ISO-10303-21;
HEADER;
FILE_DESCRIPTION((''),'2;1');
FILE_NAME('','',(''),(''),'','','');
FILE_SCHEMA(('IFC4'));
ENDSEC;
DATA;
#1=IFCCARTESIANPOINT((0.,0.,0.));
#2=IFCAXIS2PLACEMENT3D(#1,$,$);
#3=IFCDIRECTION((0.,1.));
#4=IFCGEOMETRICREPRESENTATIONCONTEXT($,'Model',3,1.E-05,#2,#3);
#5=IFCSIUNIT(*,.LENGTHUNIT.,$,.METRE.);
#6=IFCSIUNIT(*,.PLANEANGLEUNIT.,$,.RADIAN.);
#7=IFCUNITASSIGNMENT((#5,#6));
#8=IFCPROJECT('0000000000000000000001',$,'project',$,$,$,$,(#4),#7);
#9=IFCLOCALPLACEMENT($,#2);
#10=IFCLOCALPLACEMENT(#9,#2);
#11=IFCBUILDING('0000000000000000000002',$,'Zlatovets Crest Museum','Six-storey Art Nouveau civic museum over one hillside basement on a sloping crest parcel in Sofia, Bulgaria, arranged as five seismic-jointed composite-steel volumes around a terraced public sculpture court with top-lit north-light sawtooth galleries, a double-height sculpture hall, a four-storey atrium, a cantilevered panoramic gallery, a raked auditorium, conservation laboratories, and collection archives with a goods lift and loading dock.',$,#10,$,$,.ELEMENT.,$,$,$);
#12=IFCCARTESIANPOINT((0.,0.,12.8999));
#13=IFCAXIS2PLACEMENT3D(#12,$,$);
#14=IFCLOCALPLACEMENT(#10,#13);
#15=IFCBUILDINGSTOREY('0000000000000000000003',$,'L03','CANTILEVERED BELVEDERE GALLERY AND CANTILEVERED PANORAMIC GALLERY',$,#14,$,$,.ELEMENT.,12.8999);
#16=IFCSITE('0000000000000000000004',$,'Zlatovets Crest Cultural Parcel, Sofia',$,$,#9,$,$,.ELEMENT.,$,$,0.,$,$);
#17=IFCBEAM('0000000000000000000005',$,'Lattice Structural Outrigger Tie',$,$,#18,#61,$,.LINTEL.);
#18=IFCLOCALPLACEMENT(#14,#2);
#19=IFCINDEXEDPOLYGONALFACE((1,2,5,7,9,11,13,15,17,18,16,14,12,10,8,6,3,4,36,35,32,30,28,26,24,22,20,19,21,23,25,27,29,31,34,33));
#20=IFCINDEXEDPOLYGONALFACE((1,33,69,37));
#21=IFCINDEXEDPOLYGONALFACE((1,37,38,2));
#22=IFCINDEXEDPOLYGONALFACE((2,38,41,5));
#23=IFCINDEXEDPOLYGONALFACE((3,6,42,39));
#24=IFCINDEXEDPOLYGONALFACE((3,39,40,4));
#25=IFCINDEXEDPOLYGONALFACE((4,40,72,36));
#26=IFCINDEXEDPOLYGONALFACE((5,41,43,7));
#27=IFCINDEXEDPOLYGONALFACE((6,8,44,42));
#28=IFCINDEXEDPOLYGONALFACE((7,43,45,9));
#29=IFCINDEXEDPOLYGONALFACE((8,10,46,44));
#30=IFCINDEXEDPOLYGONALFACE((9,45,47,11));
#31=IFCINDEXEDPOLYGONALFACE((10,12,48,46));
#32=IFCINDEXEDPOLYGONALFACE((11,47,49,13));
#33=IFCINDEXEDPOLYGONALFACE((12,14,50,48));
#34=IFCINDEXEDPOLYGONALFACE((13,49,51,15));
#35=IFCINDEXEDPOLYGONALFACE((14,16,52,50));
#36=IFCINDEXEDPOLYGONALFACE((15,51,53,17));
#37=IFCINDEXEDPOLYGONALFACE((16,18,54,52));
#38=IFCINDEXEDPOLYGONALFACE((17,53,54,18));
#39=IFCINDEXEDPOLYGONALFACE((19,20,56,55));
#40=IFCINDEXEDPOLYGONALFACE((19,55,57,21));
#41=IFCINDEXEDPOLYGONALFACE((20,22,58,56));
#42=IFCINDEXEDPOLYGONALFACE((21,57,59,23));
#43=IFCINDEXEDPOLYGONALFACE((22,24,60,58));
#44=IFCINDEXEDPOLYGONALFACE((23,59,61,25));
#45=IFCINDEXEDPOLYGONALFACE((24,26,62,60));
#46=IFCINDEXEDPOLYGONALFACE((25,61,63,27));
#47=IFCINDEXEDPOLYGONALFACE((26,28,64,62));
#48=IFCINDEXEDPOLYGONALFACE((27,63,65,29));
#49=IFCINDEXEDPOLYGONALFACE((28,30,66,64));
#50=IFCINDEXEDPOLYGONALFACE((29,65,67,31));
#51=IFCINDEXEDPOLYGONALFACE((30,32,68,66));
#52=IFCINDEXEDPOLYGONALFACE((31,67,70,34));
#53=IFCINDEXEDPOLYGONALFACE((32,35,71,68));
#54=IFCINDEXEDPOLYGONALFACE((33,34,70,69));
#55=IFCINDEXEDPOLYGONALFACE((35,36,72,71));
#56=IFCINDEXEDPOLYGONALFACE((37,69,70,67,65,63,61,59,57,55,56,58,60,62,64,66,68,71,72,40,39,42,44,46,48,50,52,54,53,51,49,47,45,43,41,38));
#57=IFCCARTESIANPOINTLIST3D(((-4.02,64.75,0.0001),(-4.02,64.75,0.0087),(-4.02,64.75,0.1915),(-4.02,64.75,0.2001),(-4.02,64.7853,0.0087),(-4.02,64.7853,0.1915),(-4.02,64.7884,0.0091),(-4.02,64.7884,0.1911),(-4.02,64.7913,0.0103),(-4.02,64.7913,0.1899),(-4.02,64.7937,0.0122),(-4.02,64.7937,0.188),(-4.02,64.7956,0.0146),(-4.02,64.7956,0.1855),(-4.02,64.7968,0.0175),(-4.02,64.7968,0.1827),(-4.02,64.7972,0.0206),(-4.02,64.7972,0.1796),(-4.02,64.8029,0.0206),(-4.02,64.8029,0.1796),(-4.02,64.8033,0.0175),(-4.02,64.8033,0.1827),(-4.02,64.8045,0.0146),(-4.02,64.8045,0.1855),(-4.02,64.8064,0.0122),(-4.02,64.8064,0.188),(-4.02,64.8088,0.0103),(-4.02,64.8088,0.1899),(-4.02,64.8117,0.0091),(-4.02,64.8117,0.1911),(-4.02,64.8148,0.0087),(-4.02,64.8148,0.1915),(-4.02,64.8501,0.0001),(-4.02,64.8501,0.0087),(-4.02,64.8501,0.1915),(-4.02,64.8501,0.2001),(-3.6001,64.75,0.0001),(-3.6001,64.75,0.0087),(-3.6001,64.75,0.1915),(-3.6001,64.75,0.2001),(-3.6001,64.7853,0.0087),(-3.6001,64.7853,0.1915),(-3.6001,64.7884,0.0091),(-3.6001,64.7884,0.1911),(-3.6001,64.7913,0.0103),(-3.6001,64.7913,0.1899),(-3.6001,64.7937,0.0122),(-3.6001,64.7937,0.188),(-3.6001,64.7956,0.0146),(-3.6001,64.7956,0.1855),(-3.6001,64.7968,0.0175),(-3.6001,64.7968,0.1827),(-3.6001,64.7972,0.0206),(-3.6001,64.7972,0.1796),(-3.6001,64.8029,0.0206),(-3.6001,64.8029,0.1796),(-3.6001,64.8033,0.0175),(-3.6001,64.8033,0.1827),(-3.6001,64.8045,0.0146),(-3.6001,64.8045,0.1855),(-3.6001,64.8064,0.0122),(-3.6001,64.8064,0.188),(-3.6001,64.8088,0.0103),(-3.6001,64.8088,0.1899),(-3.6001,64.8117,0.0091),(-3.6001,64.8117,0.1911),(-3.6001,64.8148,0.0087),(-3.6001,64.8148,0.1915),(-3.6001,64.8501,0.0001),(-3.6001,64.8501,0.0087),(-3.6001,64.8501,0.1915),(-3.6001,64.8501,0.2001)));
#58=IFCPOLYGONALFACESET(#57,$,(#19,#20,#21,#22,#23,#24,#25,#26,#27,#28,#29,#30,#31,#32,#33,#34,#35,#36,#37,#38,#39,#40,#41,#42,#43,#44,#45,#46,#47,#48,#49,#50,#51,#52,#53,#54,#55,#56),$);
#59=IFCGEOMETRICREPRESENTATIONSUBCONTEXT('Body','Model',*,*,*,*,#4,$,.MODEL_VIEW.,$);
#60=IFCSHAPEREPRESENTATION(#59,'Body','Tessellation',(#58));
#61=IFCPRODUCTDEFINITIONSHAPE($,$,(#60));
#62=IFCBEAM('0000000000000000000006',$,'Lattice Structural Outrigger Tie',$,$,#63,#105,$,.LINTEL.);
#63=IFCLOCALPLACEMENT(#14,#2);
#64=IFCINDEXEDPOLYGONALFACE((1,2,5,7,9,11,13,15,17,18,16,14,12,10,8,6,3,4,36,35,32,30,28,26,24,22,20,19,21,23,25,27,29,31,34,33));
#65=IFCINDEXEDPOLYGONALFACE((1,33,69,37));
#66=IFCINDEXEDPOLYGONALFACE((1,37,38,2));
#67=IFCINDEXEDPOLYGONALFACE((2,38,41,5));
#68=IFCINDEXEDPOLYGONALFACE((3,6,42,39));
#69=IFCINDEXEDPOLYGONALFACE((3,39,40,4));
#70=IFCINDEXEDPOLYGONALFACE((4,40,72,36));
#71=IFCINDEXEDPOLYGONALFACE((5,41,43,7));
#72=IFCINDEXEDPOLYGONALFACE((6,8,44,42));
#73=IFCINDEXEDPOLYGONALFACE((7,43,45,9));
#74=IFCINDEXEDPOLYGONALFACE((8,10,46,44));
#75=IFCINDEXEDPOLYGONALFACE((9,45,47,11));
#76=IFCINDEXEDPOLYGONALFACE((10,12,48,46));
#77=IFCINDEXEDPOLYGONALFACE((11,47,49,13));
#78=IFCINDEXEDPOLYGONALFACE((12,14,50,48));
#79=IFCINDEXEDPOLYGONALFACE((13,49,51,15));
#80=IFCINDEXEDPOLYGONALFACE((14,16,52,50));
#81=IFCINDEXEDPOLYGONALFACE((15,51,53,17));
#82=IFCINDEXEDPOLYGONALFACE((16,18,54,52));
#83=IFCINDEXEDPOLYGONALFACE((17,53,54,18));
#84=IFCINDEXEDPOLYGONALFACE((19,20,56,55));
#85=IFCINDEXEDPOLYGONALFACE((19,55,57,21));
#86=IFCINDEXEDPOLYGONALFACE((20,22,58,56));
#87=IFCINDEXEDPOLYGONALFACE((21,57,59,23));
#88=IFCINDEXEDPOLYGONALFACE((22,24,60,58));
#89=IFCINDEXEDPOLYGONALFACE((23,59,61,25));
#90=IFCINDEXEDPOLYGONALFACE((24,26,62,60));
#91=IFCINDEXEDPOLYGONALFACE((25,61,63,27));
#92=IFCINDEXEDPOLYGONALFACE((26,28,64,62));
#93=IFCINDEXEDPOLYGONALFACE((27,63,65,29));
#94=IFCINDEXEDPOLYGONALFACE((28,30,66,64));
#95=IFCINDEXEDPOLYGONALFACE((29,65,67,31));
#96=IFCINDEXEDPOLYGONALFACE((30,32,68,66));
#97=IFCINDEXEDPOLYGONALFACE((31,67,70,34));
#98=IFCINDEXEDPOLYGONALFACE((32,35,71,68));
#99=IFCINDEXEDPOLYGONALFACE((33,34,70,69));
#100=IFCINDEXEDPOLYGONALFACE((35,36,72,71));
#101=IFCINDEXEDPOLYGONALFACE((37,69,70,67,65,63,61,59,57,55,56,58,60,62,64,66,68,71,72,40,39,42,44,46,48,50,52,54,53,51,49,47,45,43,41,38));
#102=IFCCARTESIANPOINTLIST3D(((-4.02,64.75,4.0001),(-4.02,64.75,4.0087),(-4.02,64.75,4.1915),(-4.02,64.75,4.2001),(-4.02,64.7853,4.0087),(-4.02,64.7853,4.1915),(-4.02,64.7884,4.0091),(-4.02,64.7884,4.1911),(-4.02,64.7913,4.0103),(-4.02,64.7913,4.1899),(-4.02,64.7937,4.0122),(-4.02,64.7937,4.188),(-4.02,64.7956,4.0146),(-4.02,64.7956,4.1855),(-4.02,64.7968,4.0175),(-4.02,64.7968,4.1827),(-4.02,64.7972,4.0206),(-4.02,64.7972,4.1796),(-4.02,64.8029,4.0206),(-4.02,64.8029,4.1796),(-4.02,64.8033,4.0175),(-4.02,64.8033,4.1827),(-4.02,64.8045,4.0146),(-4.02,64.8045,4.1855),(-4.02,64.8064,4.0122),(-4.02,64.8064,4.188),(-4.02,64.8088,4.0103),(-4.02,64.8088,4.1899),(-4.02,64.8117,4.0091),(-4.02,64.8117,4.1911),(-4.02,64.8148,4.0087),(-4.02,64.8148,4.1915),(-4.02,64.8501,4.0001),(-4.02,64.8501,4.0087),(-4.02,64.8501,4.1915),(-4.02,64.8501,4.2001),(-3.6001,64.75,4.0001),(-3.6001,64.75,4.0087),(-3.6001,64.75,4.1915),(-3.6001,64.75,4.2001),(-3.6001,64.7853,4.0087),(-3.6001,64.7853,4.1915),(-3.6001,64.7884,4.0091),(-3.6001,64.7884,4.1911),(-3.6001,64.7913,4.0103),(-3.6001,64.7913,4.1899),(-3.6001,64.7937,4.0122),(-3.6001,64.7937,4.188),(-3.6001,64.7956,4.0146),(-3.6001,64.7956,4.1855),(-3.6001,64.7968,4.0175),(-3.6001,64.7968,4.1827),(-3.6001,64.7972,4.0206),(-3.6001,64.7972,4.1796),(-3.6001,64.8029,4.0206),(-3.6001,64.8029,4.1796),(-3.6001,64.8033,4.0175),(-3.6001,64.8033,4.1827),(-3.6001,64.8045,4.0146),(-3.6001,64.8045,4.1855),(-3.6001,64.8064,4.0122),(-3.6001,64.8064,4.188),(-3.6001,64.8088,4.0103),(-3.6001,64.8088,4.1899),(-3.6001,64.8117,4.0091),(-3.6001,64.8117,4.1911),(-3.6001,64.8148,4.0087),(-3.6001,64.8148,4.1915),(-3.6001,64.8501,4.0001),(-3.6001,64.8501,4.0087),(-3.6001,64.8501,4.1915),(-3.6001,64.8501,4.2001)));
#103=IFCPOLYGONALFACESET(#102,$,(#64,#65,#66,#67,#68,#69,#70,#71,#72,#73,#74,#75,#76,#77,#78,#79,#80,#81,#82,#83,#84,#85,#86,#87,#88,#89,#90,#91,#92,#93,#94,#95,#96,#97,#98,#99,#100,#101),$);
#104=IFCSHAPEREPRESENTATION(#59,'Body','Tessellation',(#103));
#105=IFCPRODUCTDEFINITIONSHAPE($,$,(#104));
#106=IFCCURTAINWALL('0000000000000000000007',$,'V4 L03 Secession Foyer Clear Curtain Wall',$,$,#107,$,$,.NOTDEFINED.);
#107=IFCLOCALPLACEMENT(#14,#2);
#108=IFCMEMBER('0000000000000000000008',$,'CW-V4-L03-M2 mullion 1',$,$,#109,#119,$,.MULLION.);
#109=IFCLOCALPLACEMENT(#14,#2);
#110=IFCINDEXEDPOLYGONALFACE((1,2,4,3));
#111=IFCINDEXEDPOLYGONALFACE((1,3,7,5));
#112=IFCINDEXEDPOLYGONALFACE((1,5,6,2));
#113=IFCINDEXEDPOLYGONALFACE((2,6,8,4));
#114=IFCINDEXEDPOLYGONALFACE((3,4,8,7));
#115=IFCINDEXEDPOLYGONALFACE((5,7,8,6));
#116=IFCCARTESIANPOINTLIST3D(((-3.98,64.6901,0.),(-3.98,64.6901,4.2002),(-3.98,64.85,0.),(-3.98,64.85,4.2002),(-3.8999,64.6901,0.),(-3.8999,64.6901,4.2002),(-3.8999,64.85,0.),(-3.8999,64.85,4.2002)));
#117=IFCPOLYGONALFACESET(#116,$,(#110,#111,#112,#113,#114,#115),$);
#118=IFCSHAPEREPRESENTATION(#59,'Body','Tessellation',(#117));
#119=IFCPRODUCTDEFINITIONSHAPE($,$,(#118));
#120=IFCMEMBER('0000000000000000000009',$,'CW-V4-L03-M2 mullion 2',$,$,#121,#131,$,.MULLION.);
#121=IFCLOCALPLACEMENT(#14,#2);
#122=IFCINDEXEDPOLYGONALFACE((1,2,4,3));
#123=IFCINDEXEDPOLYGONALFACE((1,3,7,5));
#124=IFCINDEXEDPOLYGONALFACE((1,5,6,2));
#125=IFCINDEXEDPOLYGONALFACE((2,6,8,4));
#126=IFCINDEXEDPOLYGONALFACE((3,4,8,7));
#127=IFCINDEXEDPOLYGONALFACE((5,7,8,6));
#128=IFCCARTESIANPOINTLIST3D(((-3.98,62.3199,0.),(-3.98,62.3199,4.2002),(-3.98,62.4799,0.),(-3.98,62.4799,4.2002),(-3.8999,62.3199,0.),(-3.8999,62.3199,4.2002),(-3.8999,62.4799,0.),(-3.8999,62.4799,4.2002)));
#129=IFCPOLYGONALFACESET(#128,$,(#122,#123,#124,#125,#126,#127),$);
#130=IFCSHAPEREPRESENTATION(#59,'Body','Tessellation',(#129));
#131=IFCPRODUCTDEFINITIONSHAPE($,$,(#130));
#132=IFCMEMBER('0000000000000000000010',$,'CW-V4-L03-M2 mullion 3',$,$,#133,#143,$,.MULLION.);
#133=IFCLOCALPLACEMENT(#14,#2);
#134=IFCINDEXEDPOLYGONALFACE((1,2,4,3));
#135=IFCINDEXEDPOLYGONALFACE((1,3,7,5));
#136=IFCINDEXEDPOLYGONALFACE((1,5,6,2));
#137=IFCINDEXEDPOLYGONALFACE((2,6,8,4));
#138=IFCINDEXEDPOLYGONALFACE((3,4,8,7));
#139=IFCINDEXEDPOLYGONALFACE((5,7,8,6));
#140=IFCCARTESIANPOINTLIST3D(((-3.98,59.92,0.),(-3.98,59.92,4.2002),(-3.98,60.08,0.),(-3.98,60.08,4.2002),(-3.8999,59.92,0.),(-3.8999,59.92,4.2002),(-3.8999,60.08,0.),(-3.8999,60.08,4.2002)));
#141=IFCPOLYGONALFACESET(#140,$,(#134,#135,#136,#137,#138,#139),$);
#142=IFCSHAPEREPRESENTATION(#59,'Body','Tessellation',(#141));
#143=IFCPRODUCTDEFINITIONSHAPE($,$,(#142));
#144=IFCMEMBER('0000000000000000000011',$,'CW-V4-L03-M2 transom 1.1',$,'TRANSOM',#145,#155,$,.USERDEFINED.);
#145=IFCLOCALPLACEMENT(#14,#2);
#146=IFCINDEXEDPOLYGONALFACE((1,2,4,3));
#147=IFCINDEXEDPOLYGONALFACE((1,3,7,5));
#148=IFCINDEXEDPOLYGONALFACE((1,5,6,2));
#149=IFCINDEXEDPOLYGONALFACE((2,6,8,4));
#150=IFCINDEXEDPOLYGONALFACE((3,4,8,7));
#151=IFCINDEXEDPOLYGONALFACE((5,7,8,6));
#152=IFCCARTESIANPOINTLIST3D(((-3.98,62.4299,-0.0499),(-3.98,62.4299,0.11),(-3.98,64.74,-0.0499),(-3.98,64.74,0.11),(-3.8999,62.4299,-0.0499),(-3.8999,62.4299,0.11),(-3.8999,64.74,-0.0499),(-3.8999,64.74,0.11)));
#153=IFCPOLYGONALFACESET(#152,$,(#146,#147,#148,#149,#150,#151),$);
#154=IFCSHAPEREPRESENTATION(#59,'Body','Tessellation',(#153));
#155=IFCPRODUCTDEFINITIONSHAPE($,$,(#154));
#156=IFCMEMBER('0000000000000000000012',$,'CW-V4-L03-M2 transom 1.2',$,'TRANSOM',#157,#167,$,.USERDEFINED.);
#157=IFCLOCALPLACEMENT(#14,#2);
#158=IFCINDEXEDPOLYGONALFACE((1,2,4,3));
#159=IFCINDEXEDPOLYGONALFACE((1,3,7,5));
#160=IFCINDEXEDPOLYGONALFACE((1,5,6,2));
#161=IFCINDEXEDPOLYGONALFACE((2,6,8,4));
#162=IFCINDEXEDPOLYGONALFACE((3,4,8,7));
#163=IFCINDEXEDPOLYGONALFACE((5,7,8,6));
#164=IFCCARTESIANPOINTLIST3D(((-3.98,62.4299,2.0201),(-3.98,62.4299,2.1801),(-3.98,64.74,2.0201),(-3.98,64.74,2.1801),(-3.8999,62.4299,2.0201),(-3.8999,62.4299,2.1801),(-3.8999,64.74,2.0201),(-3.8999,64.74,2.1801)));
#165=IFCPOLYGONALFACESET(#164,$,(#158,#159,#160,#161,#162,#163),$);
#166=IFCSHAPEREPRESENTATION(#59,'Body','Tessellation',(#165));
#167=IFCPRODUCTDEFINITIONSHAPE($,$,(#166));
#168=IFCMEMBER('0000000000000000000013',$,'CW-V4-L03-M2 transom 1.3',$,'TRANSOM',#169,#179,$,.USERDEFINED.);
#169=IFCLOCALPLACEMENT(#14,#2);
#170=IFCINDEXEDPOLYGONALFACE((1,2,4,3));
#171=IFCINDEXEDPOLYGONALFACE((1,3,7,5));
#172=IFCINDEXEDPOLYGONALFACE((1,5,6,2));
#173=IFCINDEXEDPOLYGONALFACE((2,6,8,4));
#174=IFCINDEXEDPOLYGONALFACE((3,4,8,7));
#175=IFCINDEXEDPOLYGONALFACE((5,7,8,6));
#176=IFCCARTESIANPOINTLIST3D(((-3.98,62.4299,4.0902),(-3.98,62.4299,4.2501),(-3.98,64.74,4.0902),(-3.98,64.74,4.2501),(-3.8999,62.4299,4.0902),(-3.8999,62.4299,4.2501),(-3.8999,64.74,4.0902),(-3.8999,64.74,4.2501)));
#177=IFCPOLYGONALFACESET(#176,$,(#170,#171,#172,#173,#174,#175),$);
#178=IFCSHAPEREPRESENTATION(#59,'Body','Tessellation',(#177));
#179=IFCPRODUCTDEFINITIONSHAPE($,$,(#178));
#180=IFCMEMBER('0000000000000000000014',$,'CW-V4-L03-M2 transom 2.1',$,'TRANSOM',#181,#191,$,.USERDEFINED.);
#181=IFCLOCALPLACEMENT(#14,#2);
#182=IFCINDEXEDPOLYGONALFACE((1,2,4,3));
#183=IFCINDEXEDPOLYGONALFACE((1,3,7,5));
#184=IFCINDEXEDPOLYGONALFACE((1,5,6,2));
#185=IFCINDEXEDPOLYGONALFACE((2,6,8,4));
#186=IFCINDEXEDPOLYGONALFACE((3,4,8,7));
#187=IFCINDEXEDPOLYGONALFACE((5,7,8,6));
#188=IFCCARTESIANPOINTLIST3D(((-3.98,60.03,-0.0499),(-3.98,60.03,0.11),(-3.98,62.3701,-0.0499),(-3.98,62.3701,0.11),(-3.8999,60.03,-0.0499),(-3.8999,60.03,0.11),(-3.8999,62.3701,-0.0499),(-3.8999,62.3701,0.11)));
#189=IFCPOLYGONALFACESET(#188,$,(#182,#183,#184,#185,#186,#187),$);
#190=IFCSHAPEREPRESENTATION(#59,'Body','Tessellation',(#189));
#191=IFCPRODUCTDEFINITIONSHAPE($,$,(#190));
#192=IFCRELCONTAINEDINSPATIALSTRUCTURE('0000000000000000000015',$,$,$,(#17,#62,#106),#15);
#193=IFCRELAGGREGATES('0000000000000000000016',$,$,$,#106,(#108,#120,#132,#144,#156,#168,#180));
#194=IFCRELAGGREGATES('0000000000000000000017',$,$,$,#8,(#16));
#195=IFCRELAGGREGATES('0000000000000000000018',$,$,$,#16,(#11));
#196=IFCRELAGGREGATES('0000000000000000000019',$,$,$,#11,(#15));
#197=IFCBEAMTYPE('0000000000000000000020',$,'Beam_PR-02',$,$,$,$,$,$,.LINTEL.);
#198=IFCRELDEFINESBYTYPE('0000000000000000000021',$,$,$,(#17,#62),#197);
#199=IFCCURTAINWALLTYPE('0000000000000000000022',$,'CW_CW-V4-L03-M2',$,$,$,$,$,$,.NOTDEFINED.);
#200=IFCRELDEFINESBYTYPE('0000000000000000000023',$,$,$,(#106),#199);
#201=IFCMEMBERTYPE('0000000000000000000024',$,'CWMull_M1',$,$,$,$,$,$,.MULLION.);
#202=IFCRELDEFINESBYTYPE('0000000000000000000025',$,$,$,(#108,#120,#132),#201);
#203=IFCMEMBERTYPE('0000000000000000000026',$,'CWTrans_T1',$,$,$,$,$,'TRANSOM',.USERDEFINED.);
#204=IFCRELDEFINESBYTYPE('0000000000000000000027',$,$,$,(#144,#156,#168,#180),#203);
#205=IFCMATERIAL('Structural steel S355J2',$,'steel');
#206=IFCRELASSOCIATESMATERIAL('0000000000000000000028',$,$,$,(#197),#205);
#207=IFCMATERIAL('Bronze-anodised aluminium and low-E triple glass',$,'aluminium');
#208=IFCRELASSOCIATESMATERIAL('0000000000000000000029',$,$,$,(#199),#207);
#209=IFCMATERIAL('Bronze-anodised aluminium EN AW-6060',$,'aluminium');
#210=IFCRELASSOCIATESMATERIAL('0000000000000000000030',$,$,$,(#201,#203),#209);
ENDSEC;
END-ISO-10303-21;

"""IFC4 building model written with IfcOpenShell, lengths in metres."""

from ifc_helpers import new_model, si_unit, direction, frame, origin, origin_2d, place, context, subcontext, project, spatial, rectangle, i_section, extrude, material, material_profile, profile_set, type_object, element, aggregate, save


model = new_model("IFC4")

# Units and contexts
model_context = context("Model", 3, precision=1e-05, world=origin(), true_north=direction((0.0, 1.0)))
body_context = subcontext(model_context, "Body", "Model", "MODEL_VIEW")
ifc_project = project(units=[si_unit("LENGTHUNIT", "METRE"), si_unit("PLANEANGLEUNIT", "RADIAN")], contexts=[model_context])

# Site, building, storey
site_placement = place(None, origin())
site = spatial("IfcSite", under=ifc_project, at=site_placement, Name="Zlatovets Crest Cultural Parcel, Sofia", CompositionType="ELEMENT", RefElevation=0.0)
building_placement = place(site_placement, origin())
building = spatial("IfcBuilding", under=site, at=building_placement, Name="Zlatovets Crest Museum", Description="Six-storey Art Nouveau civic museum over one hillside basement on a sloping crest parcel in Sofia, Bulgaria, arranged as five seismic-jointed composite-steel volumes around a terraced public sculpture court with top-lit north-light sawtooth galleries, a double-height sculpture hall, a four-storey atrium, a cantilevered panoramic gallery, a raked auditorium, conservation laboratories, and collection archives with a goods lift and loading dock.", CompositionType="ELEMENT")
storey_placement = place(building_placement, frame((0.0, 0.0, 12.8999)))
storey = spatial("IfcBuildingStorey", under=building, at=storey_placement, Name="L03", Description="CANTILEVERED BELVEDERE GALLERY AND CANTILEVERED PANORAMIC GALLERY", CompositionType="ELEMENT", Elevation=12.8999)

# Beams
ifc_material_1 = material(Name="Structural steel S355J2", Category="steel")
ifc_material_profile_1 = material_profile(ifc_material_1, i_section(OverallWidth=0.1001, OverallDepth=0.2, WebThickness=0.0056, FlangeThickness=0.0085, FilletRadius=0.012, at=origin_2d()), Name="IPE 200")
ifc_profile_set_1 = profile_set([ifc_material_profile_1], Name="Structural steel S355J2")
beam_type = type_object("IfcBeamType", Name="Beam_PR-02", PredefinedType="LINTEL", material=ifc_profile_set_1)
for number, where, z_axis, x_axis, name in (
    (1, (-3.6001, 64.8, 0.1001), (-1.0, 0.0, 0.0), (0.0, -1.0, 0.0), "Lattice Structural Outrigger Tie"),
    (2, (-3.6001, 64.8, 4.1001), (-1.0, 0.0, 0.0), (0.0, -1.0, 0.0), "Lattice Structural Outrigger Tie"),
):
    element("IfcBeam", number, at=place(storey_placement, frame(where, z_axis=z_axis, x_axis=x_axis)), inside=storey, type_object=beam_type, Name=name, PredefinedType="LINTEL", context=body_context, shape_type="SweptSolid", body=[
        extrude(i_section(OverallWidth=0.1001, OverallDepth=0.2, WebThickness=0.0056, FlangeThickness=0.0085, FilletRadius=0.012, at=origin_2d()), origin(), (0.0, 0.0, 1.0), 0.4199),
    ])

# Curtain wall, members
ifc_material_2 = material(Name="Bronze-anodised aluminium and low-E triple glass", Category="aluminium")
curtain_wall_type = type_object("IfcCurtainWallType", Name="CW_CW-V4-L03-M2", PredefinedType="NOTDEFINED", material=ifc_material_2)
curtain_wall_placement = place(storey_placement, origin())
curtain_wall = element("IfcCurtainWall", 3, at=curtain_wall_placement, inside=storey, type_object=curtain_wall_type, Name="V4 L03 Secession Foyer Clear Curtain Wall", PredefinedType="NOTDEFINED")
ifc_material_3 = material(Name="Bronze-anodised aluminium EN AW-6060", Category="aluminium")
ifc_material_profile_2 = material_profile(ifc_material_3, rectangle(XDim=0.0801, YDim=0.1599, at=origin_2d()), Name="ALU 80x160")
ifc_profile_set_2 = profile_set([ifc_material_profile_2], Name="Bronze-anodised aluminium EN AW-6060")
member_type_1 = type_object("IfcMemberType", Name="CWMull_M1", PredefinedType="MULLION", material=ifc_profile_set_2)
member_1_placement = place(storey_placement, frame((-3.9399, 64.77, 0.0), z_axis=(0.0, 0.0, 1.0), x_axis=(1.0, 0.0, 0.0)))
member_1 = element("IfcMember", 4, at=member_1_placement, type_object=member_type_1, Name="CW-V4-L03-M2 mullion 1", PredefinedType="MULLION", context=body_context, shape_type="SweptSolid", body=[
    extrude(rectangle(XDim=0.0801, YDim=0.1599, at=origin_2d()), origin(), (0.0, 0.0, 1.0), 4.2002),
])
member_2_placement = place(storey_placement, frame((-3.9399, 62.3999, 0.0), z_axis=(0.0, 0.0, 1.0), x_axis=(1.0, 0.0, 0.0)))
member_2 = element("IfcMember", 5, at=member_2_placement, type_object=member_type_1, Name="CW-V4-L03-M2 mullion 2", PredefinedType="MULLION", context=body_context, shape_type="SweptSolid", body=[
    extrude(rectangle(XDim=0.0801, YDim=0.1599, at=origin_2d()), origin(), (0.0, 0.0, 1.0), 4.2002),
])
member_3_placement = place(storey_placement, frame((-3.9399, 60.0, 0.0), z_axis=(0.0, 0.0, 1.0), x_axis=(1.0, 0.0, 0.0)))
member_3 = element("IfcMember", 6, at=member_3_placement, type_object=member_type_1, Name="CW-V4-L03-M2 mullion 3", PredefinedType="MULLION", context=body_context, shape_type="SweptSolid", body=[
    extrude(rectangle(XDim=0.0801, YDim=0.1599, at=origin_2d()), origin(), (0.0, 0.0, 1.0), 4.2002),
])
ifc_material_profile_3 = material_profile(ifc_material_3, rectangle(XDim=0.0801, YDim=0.1599, at=origin_2d()), Name="ALU 80x160")
ifc_profile_set_3 = profile_set([ifc_material_profile_3], Name="Bronze-anodised aluminium EN AW-6060")
member_type_2 = type_object("IfcMemberType", Name="CWTrans_T1", ElementType="TRANSOM", PredefinedType="USERDEFINED", material=ifc_profile_set_3)
member_4_placement = place(storey_placement, frame((-3.9399, 64.74, 0.03), z_axis=(0.0, -1.0, 0.0), x_axis=(1.0, 0.0, 0.0)))
member_4 = element("IfcMember", 7, at=member_4_placement, type_object=member_type_2, Name="CW-V4-L03-M2 transom 1.1", ObjectType="TRANSOM", PredefinedType="USERDEFINED", context=body_context, shape_type="SweptSolid", body=[
    extrude(rectangle(XDim=0.0801, YDim=0.1599, at=origin_2d()), origin(), (0.0, 0.0, 1.0), 2.3101),
])
member_5_placement = place(storey_placement, frame((-3.9399, 64.74, 2.1001), z_axis=(0.0, -1.0, 0.0), x_axis=(1.0, 0.0, 0.0)))
member_5 = element("IfcMember", 8, at=member_5_placement, type_object=member_type_2, Name="CW-V4-L03-M2 transom 1.2", ObjectType="TRANSOM", PredefinedType="USERDEFINED", context=body_context, shape_type="SweptSolid", body=[
    extrude(rectangle(XDim=0.0801, YDim=0.1599, at=origin_2d()), origin(), (0.0, 0.0, 1.0), 2.3101),
])
member_6_placement = place(storey_placement, frame((-3.9399, 64.74, 4.1702), z_axis=(0.0, -1.0, 0.0), x_axis=(1.0, 0.0, 0.0)))
member_6 = element("IfcMember", 9, at=member_6_placement, type_object=member_type_2, Name="CW-V4-L03-M2 transom 1.3", ObjectType="TRANSOM", PredefinedType="USERDEFINED", context=body_context, shape_type="SweptSolid", body=[
    extrude(rectangle(XDim=0.0801, YDim=0.1599, at=origin_2d()), origin(), (0.0, 0.0, 1.0), 2.3101),
])
member_7_placement = place(storey_placement, frame((-3.9399, 62.3701, 0.03), z_axis=(0.0, -1.0, 0.0), x_axis=(1.0, 0.0, 0.0)))
member_7 = element("IfcMember", 10, at=member_7_placement, type_object=member_type_2, Name="CW-V4-L03-M2 transom 2.1", ObjectType="TRANSOM", PredefinedType="USERDEFINED", context=body_context, shape_type="SweptSolid", body=[
    extrude(rectangle(XDim=0.0801, YDim=0.1599, at=origin_2d()), origin(), (0.0, 0.0, 1.0), 2.3401),
])

aggregate(curtain_wall, [member_1, member_2, member_3, member_4, member_5, member_6, member_7])

save(model, "model.ifc")
